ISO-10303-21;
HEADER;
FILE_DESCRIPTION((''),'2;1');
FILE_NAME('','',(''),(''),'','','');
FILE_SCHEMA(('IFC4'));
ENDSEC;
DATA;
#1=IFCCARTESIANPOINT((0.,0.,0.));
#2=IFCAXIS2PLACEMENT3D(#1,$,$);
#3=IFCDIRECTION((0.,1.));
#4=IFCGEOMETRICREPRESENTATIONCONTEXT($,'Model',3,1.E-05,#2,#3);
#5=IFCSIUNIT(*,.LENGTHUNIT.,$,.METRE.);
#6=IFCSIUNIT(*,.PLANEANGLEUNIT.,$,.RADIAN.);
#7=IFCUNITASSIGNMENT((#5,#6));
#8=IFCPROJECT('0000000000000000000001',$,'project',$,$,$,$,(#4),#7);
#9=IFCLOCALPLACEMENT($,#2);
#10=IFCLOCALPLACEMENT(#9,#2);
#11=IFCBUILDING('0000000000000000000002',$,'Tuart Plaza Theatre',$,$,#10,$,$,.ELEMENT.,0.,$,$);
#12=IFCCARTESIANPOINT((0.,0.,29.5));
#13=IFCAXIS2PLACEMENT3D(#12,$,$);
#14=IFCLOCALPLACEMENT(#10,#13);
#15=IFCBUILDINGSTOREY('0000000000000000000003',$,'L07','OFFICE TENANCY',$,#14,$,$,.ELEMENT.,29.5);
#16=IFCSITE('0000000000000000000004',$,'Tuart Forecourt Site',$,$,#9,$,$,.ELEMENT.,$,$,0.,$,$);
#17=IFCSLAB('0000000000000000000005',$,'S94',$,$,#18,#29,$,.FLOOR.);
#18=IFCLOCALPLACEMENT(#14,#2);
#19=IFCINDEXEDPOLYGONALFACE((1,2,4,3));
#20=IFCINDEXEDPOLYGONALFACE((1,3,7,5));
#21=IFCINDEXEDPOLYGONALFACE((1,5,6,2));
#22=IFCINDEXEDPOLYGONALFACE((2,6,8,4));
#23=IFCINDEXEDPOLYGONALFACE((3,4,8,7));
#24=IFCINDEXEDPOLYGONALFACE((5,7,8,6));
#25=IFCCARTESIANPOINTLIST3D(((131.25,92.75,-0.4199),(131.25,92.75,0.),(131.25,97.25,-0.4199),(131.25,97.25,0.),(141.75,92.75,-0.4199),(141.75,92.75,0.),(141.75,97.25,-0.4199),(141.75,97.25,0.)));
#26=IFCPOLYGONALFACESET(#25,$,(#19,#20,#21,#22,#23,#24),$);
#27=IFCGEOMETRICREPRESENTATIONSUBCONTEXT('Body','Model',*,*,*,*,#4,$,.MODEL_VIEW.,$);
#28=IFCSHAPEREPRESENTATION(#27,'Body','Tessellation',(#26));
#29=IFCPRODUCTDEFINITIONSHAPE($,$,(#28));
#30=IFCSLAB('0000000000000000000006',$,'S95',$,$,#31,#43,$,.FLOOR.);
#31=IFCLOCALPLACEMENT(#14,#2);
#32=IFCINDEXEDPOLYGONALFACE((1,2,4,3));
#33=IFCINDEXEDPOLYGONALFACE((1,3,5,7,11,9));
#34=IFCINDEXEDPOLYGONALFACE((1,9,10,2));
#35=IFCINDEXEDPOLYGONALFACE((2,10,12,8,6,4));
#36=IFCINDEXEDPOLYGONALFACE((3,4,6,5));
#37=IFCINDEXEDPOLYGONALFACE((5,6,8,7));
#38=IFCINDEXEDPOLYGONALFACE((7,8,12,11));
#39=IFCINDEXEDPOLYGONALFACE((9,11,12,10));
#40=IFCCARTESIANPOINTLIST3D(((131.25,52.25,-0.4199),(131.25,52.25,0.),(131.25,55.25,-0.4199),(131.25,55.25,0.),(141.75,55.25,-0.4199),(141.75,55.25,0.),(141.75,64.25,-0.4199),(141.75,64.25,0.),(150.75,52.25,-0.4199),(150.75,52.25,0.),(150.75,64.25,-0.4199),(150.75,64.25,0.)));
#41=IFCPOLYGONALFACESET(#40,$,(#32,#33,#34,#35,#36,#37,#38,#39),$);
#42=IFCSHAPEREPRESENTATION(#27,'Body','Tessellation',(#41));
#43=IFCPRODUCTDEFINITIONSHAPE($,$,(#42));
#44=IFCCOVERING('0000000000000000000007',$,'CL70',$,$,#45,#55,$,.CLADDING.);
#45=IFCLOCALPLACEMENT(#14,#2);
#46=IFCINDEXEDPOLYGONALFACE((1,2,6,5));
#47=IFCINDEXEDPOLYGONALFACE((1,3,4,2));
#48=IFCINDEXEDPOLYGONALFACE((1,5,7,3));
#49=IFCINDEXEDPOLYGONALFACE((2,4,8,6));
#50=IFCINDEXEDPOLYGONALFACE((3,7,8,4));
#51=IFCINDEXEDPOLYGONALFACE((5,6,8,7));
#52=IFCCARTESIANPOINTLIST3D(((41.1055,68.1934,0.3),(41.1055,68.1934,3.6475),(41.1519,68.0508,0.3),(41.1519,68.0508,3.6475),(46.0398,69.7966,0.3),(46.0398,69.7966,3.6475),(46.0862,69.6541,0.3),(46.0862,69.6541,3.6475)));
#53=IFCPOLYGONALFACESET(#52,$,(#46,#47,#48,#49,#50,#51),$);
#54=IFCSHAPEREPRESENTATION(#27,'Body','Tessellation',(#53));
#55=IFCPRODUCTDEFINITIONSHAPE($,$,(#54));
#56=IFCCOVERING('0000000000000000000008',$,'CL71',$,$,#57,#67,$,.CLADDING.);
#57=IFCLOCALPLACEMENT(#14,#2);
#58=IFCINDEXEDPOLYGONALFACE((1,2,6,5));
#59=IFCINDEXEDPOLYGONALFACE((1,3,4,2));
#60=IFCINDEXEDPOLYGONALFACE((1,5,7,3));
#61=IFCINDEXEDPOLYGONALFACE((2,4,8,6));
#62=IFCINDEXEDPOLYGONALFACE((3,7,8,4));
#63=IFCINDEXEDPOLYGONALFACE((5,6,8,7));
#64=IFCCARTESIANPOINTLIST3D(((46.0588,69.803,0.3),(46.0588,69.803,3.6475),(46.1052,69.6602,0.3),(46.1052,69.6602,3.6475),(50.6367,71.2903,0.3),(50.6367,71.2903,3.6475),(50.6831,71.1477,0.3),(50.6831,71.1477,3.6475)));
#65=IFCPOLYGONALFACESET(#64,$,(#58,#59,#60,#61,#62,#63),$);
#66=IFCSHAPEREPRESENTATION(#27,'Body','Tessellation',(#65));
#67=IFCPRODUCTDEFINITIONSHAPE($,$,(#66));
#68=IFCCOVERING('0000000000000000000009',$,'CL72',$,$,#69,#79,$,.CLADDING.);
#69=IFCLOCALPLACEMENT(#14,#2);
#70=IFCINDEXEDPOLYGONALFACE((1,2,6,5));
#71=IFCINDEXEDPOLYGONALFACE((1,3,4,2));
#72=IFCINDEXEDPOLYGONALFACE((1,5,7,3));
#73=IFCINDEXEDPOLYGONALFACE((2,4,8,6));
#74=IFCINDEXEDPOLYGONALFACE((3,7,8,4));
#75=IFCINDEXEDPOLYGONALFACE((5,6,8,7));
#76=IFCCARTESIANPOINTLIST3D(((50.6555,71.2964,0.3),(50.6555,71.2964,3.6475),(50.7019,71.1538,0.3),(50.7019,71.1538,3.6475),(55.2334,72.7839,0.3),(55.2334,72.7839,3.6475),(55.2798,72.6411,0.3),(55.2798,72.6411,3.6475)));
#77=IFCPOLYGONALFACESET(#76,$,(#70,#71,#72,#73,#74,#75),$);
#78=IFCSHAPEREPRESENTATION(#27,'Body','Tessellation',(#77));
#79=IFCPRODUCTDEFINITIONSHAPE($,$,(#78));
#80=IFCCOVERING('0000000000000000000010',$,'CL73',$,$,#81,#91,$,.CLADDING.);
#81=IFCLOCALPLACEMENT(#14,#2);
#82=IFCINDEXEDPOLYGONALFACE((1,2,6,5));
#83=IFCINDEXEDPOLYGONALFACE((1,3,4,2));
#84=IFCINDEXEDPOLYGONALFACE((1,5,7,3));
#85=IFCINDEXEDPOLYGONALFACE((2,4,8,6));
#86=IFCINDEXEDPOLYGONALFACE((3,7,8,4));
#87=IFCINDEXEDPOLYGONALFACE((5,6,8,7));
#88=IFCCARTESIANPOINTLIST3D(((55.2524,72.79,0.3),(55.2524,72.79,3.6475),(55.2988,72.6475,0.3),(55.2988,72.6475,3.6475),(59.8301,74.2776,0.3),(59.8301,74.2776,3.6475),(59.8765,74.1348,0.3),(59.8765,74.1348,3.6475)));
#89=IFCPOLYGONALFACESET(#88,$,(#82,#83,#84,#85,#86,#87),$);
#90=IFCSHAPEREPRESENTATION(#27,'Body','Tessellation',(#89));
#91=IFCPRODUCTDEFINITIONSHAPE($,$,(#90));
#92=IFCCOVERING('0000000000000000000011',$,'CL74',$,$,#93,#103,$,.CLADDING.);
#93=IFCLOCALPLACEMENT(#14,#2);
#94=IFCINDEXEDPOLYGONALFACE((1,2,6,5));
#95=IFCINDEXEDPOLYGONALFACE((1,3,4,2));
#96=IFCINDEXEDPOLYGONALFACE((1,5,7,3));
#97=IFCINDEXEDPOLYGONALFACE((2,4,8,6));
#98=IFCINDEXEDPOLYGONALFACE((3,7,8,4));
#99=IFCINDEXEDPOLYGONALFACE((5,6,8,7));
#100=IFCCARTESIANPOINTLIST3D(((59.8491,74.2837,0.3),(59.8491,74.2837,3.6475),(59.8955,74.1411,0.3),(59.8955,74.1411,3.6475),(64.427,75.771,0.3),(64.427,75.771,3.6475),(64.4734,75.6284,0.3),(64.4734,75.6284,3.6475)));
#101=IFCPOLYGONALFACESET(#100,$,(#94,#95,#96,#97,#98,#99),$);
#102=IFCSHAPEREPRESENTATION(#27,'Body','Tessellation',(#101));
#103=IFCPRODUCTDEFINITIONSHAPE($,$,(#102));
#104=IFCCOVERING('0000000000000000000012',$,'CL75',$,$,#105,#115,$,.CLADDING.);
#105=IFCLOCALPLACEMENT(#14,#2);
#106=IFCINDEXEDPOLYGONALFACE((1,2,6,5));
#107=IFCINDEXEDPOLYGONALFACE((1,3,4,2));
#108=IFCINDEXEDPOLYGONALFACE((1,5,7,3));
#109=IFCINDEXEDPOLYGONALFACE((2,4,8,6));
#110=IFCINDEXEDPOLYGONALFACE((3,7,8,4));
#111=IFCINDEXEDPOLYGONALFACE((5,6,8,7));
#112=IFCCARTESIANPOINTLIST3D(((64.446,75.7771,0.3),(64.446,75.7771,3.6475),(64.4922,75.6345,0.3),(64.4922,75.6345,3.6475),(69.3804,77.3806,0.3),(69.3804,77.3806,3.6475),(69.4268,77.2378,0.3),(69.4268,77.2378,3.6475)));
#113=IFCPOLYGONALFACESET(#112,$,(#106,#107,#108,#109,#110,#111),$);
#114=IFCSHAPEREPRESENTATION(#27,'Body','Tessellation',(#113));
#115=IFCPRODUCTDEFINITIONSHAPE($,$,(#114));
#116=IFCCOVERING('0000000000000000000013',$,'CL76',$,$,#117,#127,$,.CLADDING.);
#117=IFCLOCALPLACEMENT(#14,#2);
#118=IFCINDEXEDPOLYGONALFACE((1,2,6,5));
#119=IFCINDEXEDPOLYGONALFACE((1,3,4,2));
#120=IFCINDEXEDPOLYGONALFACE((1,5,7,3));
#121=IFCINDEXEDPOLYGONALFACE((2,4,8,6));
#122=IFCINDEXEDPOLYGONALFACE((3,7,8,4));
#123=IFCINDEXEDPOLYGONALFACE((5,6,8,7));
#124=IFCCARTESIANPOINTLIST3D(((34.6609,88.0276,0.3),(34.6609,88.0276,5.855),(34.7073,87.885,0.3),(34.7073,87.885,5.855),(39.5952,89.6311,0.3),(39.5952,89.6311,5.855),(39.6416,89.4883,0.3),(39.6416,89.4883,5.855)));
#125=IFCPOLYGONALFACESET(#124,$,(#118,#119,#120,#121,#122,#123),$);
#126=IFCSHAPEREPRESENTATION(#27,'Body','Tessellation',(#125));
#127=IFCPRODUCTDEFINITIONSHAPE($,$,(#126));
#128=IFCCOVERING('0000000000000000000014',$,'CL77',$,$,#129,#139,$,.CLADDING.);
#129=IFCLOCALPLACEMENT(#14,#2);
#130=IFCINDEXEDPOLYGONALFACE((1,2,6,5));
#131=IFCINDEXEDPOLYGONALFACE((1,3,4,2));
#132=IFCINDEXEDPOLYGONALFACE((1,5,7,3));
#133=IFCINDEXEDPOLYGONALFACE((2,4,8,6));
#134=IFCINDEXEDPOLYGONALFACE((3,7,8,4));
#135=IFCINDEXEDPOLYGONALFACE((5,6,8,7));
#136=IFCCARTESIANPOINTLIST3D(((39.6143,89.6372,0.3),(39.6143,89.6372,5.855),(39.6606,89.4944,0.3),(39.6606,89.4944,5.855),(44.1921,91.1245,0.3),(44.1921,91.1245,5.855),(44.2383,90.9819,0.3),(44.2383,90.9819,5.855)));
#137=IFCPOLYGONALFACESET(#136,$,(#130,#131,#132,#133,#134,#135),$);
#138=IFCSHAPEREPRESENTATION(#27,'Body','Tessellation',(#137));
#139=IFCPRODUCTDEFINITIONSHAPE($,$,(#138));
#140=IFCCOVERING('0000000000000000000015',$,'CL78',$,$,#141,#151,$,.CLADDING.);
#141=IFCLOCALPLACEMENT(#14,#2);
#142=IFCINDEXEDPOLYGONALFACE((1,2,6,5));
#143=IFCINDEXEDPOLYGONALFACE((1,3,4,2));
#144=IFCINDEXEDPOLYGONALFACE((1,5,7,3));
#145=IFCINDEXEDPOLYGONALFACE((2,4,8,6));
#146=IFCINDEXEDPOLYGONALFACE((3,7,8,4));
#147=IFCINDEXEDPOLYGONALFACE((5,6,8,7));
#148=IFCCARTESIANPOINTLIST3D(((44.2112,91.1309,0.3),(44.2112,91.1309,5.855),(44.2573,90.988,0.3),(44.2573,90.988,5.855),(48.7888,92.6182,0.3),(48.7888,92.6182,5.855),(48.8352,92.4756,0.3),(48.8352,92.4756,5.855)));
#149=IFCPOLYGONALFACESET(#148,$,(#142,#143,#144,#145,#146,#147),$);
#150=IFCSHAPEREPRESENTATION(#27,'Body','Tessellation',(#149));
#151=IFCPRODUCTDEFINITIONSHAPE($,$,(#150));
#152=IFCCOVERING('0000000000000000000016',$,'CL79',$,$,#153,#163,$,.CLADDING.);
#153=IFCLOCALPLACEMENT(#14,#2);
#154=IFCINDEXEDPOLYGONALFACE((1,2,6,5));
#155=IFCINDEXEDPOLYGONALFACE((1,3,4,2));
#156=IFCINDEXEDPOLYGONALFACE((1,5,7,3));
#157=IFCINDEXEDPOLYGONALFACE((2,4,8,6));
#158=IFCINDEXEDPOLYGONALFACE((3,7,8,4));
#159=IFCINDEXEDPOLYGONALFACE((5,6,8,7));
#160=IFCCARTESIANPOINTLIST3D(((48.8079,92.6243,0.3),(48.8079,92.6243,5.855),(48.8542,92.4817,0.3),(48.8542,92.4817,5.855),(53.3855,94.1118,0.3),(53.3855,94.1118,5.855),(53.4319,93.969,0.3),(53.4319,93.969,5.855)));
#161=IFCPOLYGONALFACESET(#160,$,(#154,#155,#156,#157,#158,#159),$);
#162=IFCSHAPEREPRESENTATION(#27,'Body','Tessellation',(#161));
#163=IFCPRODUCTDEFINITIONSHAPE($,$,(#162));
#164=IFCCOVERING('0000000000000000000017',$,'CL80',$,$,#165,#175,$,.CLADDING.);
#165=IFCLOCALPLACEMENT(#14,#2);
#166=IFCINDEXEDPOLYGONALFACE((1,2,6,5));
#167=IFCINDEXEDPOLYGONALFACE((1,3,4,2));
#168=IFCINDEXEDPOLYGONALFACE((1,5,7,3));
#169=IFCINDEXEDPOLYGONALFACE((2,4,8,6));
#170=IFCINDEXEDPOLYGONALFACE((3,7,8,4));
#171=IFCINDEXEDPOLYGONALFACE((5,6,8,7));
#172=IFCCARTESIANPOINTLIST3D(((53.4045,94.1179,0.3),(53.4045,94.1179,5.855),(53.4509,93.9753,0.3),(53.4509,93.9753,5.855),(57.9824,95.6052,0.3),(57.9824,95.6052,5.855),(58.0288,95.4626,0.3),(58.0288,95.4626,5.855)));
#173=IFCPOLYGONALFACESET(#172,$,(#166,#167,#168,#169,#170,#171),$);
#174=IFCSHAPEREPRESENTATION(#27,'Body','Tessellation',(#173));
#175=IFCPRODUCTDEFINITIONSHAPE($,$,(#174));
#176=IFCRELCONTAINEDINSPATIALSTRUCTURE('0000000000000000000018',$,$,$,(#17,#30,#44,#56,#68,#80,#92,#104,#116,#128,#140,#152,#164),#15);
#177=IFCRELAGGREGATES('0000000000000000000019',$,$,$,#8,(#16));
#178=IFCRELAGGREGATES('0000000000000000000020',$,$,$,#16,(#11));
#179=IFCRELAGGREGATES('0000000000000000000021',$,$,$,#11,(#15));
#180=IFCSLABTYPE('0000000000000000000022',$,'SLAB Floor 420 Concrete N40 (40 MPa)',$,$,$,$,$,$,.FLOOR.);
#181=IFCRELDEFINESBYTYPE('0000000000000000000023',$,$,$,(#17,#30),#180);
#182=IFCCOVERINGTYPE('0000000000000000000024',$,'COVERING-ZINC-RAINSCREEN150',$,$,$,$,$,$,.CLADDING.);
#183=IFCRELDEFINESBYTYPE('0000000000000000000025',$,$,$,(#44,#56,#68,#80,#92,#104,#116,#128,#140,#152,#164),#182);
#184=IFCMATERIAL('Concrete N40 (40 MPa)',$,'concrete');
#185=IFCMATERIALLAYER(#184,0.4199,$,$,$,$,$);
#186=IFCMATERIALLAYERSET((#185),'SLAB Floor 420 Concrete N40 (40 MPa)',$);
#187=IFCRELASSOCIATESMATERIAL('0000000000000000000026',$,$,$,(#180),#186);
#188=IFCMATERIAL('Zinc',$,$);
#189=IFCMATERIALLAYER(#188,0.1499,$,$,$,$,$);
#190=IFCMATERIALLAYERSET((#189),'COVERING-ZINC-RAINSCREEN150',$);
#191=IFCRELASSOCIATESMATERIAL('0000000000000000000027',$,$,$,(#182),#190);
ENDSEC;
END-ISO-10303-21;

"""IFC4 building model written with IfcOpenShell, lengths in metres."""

from ifc_helpers import new_model, si_unit, direction, frame, origin, place, context, subcontext, project, spatial, polyline, outline, extrude, material, layer, layer_set, type_object, element, save


model = new_model("IFC4")

# Units and contexts
model_context = context("Model", 3, precision=1e-05, world=origin(), true_north=direction((0.0, 1.0)))
body_context = subcontext(model_context, "Body", "Model", "MODEL_VIEW")
ifc_project = project(units=[si_unit("LENGTHUNIT", "METRE"), si_unit("PLANEANGLEUNIT", "RADIAN")], contexts=[model_context])

# Site, building, storey
site_placement = place(None, origin())
site = spatial("IfcSite", under=ifc_project, at=site_placement, Name="Tuart Forecourt Site", CompositionType="ELEMENT", RefElevation=0.0)
building_placement = place(site_placement, origin())
building = spatial("IfcBuilding", under=site, at=building_placement, Name="Tuart Plaza Theatre", CompositionType="ELEMENT", ElevationOfRefHeight=0.0)
storey_placement = place(building_placement, frame((0.0, 0.0, 29.5)))
storey = spatial("IfcBuildingStorey", under=building, at=storey_placement, Name="L07", Description="OFFICE TENANCY", CompositionType="ELEMENT", Elevation=29.5)

# Slabs
ifc_material_1 = material(Name="Concrete N40 (40 MPa)", Category="concrete")
ifc_layer_1 = layer(ifc_material_1, 0.4199)
ifc_layer_set_1 = layer_set([ifc_layer_1], Name="SLAB Floor 420 Concrete N40 (40 MPa)")
slab_type_1 = type_object("IfcSlabType", Name="SLAB Floor 420 Concrete N40 (40 MPa)", PredefinedType="FLOOR", material=ifc_layer_set_1)
slab_1_placement = place(storey_placement, frame((0.0, 0.0, -0.4199)))
element("IfcSlab", 1, at=slab_1_placement, inside=storey, type_object=slab_type_1, Name="S94", PredefinedType="FLOOR", context=body_context, shape_type="SweptSolid", body=[
    extrude(outline(polyline([(131.25, 92.75), (141.75, 92.75), (141.75, 97.25), (131.25, 97.25), (131.25, 92.75)])), origin(), (0.0, 0.0, 1.0), 0.4199),
])
slab_2_placement = place(storey_placement, frame((0.0, 0.0, -0.4199)))
element("IfcSlab", 2, at=slab_2_placement, inside=storey, type_object=slab_type_1, Name="S95", PredefinedType="FLOOR", context=body_context, shape_type="SweptSolid", body=[
    extrude(outline(polyline([(150.75, 64.25), (141.75, 64.25), (141.75, 55.25), (131.25, 55.25), (131.25, 52.25), (150.75, 52.25), (150.75, 64.25)])), origin(), (0.0, 0.0, 1.0), 0.4199),
])

# Coverings
ifc_material_2 = material(Name="Zinc")
ifc_layer_2 = layer(ifc_material_2, 0.1499)
ifc_layer_set_2 = layer_set([ifc_layer_2], Name="COVERING-ZINC-RAINSCREEN150")
covering_type = type_object("IfcCoveringType", Name="COVERING-ZINC-RAINSCREEN150", PredefinedType="CLADDING", material=ifc_layer_set_2)
covering_1_placement = place(storey_placement, frame((0.0, 0.0, 0.3)))
element("IfcCovering", 3, at=covering_1_placement, inside=storey, type_object=covering_type, Name="CL70", PredefinedType="CLADDING", context=body_context, shape_type="SweptSolid", body=[
    extrude(outline(polyline([(41.1055, 68.1934), (46.0398, 69.7966), (46.0862, 69.6541), (41.1519, 68.0508), (41.1055, 68.1934)])), origin(), (0.0, 0.0, 1.0), 3.3474),
])
covering_2_placement = place(storey_placement, frame((0.0, 0.0, 0.3)))
element("IfcCovering", 4, at=covering_2_placement, inside=storey, type_object=covering_type, Name="CL71", PredefinedType="CLADDING", context=body_context, shape_type="SweptSolid", body=[
    extrude(outline(polyline([(46.0588, 69.803), (50.6367, 71.2903), (50.6831, 71.1477), (46.1052, 69.6602), (46.0588, 69.803)])), origin(), (0.0, 0.0, 1.0), 3.3474),
])
covering_3_placement = place(storey_placement, frame((0.0, 0.0, 0.3)))
element("IfcCovering", 5, at=covering_3_placement, inside=storey, type_object=covering_type, Name="CL72", PredefinedType="CLADDING", context=body_context, shape_type="SweptSolid", body=[
    extrude(outline(polyline([(50.6555, 71.2964), (55.2334, 72.7839), (55.2798, 72.6411), (50.7019, 71.1538), (50.6555, 71.2964)])), origin(), (0.0, 0.0, 1.0), 3.3474),
])
covering_4_placement = place(storey_placement, frame((0.0, 0.0, 0.3)))
element("IfcCovering", 6, at=covering_4_placement, inside=storey, type_object=covering_type, Name="CL73", PredefinedType="CLADDING", context=body_context, shape_type="SweptSolid", body=[
    extrude(outline(polyline([(55.2524, 72.79), (59.8301, 74.2776), (59.8765, 74.1348), (55.2988, 72.6475), (55.2524, 72.79)])), origin(), (0.0, 0.0, 1.0), 3.3474),
])
covering_5_placement = place(storey_placement, frame((0.0, 0.0, 0.3)))
element("IfcCovering", 7, at=covering_5_placement, inside=storey, type_object=covering_type, Name="CL74", PredefinedType="CLADDING", context=body_context, shape_type="SweptSolid", body=[
    extrude(outline(polyline([(59.8491, 74.2837), (64.427, 75.771), (64.4734, 75.6284), (59.8955, 74.1411), (59.8491, 74.2837)])), origin(), (0.0, 0.0, 1.0), 3.3474),
])
covering_6_placement = place(storey_placement, frame((0.0, 0.0, 0.3)))
element("IfcCovering", 8, at=covering_6_placement, inside=storey, type_object=covering_type, Name="CL75", PredefinedType="CLADDING", context=body_context, shape_type="SweptSolid", body=[
    extrude(outline(polyline([(64.446, 75.7771), (69.3804, 77.3806), (69.4268, 77.2378), (64.4922, 75.6345), (64.446, 75.7771)])), origin(), (0.0, 0.0, 1.0), 3.3474),
])
covering_7_placement = place(storey_placement, frame((0.0, 0.0, 0.3)))
element("IfcCovering", 9, at=covering_7_placement, inside=storey, type_object=covering_type, Name="CL76", PredefinedType="CLADDING", context=body_context, shape_type="SweptSolid", body=[
    extrude(outline(polyline([(34.6609, 88.0276), (39.5952, 89.6311), (39.6416, 89.4883), (34.7073, 87.885), (34.6609, 88.0276)])), origin(), (0.0, 0.0, 1.0), 5.5549),
])
covering_8_placement = place(storey_placement, frame((0.0, 0.0, 0.3)))
element("IfcCovering", 10, at=covering_8_placement, inside=storey, type_object=covering_type, Name="CL77", PredefinedType="CLADDING", context=body_context, shape_type="SweptSolid", body=[
    extrude(outline(polyline([(39.6143, 89.6372), (44.1921, 91.1245), (44.2383, 90.9819), (39.6606, 89.4944), (39.6143, 89.6372)])), origin(), (0.0, 0.0, 1.0), 5.5549),
])
covering_9_placement = place(storey_placement, frame((0.0, 0.0, 0.3)))
element("IfcCovering", 11, at=covering_9_placement, inside=storey, type_object=covering_type, Name="CL78", PredefinedType="CLADDING", context=body_context, shape_type="SweptSolid", body=[
    extrude(outline(polyline([(44.2112, 91.1309), (48.7888, 92.6182), (48.8352, 92.4756), (44.2573, 90.988), (44.2112, 91.1309)])), origin(), (0.0, 0.0, 1.0), 5.5549),
])
covering_10_placement = place(storey_placement, frame((0.0, 0.0, 0.3)))
element("IfcCovering", 12, at=covering_10_placement, inside=storey, type_object=covering_type, Name="CL79", PredefinedType="CLADDING", context=body_context, shape_type="SweptSolid", body=[
    extrude(outline(polyline([(48.8079, 92.6243), (53.3855, 94.1118), (53.4319, 93.969), (48.8542, 92.4817), (48.8079, 92.6243)])), origin(), (0.0, 0.0, 1.0), 5.5549),
])
covering_11_placement = place(storey_placement, frame((0.0, 0.0, 0.3)))
element("IfcCovering", 13, at=covering_11_placement, inside=storey, type_object=covering_type, Name="CL80", PredefinedType="CLADDING", context=body_context, shape_type="SweptSolid", body=[
    extrude(outline(polyline([(53.4045, 94.1179), (57.9824, 95.6052), (58.0288, 95.4626), (53.4509, 93.9753), (53.4045, 94.1179)])), origin(), (0.0, 0.0, 1.0), 5.5549),
])

save(model, "model.ifc")
